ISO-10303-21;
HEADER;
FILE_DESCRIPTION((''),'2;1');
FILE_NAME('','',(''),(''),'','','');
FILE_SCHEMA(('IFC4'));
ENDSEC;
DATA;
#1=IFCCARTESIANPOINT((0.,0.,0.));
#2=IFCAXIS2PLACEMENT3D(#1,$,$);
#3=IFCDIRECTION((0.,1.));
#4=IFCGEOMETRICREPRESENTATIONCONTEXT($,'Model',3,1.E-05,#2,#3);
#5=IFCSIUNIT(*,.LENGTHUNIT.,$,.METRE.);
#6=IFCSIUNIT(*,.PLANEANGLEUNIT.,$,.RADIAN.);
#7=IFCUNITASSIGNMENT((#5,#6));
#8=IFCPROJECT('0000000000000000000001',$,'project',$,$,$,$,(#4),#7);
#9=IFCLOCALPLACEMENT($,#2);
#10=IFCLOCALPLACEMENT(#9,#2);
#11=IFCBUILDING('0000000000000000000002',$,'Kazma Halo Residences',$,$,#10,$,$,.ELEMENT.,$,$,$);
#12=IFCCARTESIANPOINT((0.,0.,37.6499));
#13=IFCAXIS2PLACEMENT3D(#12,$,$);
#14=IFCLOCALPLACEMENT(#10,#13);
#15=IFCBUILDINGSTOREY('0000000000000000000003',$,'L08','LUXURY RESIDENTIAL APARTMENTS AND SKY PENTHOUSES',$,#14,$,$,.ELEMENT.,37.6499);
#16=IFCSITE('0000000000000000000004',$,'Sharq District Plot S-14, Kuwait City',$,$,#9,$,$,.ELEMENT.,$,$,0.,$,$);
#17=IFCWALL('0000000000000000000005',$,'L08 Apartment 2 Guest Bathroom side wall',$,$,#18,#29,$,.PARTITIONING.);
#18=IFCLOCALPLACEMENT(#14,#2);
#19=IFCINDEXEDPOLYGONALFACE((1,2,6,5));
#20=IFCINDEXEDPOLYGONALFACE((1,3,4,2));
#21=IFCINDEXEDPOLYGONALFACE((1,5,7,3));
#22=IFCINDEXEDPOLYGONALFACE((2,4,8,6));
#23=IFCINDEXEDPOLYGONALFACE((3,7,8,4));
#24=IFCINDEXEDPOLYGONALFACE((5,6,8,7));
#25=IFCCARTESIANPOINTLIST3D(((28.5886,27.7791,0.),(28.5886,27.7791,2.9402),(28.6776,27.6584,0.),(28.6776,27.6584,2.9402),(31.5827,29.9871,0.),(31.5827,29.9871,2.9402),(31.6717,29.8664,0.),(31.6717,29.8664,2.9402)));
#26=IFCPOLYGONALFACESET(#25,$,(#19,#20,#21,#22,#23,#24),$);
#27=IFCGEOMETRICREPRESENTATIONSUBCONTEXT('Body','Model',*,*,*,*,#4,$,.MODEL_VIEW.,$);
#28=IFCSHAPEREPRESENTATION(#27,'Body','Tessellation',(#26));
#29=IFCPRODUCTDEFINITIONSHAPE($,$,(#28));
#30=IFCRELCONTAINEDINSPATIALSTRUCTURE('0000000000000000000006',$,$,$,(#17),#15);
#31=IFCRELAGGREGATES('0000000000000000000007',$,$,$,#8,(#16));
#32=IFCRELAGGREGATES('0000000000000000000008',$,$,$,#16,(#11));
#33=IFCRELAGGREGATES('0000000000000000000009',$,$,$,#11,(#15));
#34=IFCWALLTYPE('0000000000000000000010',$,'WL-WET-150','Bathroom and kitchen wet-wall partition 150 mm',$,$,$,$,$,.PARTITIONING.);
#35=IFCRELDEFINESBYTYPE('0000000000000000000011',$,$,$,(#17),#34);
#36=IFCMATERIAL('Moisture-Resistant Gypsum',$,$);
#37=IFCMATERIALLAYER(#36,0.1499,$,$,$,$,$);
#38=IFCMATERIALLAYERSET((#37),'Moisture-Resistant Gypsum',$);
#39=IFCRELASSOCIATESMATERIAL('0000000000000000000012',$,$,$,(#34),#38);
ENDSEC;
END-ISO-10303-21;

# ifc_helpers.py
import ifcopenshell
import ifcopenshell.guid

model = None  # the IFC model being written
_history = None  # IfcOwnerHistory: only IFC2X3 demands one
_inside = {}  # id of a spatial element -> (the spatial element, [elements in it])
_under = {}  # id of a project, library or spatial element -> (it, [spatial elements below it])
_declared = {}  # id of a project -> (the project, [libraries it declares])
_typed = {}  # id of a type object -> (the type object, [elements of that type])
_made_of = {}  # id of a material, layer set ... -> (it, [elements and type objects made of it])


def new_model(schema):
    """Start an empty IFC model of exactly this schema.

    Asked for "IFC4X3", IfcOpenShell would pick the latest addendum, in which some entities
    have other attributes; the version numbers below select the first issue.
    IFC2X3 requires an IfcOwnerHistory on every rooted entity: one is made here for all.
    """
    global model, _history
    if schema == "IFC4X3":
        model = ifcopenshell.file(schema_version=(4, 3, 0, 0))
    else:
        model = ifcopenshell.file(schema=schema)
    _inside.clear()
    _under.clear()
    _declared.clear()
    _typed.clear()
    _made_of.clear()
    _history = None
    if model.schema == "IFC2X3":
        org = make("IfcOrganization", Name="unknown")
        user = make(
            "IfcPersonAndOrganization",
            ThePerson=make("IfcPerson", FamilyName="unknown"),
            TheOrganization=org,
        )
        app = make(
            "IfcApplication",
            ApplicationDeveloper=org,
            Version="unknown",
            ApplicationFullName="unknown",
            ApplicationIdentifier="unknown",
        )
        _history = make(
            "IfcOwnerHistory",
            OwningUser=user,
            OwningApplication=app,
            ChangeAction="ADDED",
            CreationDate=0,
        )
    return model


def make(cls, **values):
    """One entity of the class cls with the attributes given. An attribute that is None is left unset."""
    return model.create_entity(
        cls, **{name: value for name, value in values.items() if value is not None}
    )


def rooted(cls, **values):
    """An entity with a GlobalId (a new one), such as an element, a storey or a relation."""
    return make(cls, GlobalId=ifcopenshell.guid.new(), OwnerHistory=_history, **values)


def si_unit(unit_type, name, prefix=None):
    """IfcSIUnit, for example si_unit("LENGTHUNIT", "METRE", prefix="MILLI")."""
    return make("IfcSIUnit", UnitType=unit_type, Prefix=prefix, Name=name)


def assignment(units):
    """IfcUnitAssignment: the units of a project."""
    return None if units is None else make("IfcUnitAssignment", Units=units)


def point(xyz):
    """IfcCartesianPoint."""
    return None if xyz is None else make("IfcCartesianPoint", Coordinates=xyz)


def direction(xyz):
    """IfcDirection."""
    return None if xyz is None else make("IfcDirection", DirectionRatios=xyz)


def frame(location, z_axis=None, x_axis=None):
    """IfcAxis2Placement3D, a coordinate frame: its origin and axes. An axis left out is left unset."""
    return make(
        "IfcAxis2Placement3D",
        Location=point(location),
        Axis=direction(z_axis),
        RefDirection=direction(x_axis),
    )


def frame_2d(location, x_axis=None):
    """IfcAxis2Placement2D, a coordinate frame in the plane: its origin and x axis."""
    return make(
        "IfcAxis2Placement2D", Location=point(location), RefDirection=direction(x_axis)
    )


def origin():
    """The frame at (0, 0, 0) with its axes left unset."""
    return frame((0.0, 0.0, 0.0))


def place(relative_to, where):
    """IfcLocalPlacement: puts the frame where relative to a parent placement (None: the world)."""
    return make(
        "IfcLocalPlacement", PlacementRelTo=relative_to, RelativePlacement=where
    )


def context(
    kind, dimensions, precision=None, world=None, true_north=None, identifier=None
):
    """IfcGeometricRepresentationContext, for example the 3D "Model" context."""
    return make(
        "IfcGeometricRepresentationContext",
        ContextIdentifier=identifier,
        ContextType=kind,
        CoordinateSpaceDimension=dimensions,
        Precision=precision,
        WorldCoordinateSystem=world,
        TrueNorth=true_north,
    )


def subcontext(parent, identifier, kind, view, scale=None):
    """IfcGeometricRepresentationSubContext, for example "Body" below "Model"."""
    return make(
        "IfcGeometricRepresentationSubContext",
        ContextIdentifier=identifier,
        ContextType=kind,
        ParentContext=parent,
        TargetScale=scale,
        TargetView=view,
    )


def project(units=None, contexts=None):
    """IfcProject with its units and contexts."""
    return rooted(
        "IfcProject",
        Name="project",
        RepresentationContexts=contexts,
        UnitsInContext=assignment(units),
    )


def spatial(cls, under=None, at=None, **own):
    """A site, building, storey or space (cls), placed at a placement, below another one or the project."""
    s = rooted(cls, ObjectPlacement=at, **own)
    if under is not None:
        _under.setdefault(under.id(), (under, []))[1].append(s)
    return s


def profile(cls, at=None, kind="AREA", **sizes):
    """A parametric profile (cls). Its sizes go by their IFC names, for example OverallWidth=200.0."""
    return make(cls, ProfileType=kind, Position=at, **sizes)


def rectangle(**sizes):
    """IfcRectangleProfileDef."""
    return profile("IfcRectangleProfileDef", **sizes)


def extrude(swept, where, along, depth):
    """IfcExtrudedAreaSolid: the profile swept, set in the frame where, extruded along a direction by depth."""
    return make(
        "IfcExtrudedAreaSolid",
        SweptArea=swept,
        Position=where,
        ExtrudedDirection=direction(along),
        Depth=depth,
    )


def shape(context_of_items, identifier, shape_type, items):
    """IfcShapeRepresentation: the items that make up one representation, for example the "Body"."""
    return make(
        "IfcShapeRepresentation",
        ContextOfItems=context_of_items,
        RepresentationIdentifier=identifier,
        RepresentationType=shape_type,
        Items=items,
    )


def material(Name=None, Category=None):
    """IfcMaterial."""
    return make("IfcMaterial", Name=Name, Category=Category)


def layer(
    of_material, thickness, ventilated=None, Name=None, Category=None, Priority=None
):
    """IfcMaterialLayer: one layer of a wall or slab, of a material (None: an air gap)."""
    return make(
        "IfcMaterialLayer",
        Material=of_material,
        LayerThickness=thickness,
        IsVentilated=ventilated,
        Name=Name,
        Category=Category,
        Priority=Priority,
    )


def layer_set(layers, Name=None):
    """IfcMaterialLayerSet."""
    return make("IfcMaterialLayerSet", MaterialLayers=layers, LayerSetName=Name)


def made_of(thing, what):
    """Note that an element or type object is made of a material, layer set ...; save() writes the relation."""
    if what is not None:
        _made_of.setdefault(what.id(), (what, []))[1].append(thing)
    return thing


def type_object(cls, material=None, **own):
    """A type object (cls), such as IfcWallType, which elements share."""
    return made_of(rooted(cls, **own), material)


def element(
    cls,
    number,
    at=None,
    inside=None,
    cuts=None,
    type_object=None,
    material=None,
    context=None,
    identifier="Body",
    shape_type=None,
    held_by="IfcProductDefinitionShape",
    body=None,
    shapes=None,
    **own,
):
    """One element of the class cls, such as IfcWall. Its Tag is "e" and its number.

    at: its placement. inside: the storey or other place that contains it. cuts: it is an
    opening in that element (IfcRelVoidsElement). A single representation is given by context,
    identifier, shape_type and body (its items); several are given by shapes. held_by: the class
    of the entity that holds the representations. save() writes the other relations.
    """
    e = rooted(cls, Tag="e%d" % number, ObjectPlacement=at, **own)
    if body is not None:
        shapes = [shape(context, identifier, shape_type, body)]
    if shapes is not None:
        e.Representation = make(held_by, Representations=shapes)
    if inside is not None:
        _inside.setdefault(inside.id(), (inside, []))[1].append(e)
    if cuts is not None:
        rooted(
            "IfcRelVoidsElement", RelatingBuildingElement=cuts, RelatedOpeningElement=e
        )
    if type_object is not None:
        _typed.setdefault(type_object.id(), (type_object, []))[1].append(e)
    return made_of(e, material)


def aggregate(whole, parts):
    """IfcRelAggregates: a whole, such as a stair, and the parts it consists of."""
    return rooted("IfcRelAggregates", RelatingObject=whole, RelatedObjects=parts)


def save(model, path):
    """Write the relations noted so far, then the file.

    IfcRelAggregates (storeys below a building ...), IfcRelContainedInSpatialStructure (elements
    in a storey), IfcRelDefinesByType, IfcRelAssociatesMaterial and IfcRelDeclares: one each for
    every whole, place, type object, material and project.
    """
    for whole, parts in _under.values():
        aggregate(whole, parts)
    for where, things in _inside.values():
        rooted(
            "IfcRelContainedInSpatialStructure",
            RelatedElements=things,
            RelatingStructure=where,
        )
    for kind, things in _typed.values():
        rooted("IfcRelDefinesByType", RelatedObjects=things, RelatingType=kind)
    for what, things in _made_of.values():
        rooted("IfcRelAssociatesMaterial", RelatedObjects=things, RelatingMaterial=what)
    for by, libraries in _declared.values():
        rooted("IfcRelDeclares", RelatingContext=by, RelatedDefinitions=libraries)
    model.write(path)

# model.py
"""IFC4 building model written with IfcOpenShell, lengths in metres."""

from ifc_helpers import new_model, si_unit, direction, frame, frame_2d, origin, place, context, subcontext, project, spatial, rectangle, extrude, material, layer, layer_set, type_object, element, save


model = new_model("IFC4")

# Units and contexts
model_context = context("Model", 3, precision=1e-05, world=origin(), true_north=direction((0.0, 1.0)))
body_context = subcontext(model_context, "Body", "Model", "MODEL_VIEW")
ifc_project = project(units=[si_unit("LENGTHUNIT", "METRE"), si_unit("PLANEANGLEUNIT", "RADIAN")], contexts=[model_context])

# Site, building, storey
site_placement = place(None, origin())
site = spatial("IfcSite", under=ifc_project, at=site_placement, Name="Sharq District Plot S-14, Kuwait City", CompositionType="ELEMENT", RefElevation=0.0)
building_placement = place(site_placement, origin())
building = spatial("IfcBuilding", under=site, at=building_placement, Name="Kazma Halo Residences", CompositionType="ELEMENT")
storey_placement = place(building_placement, frame((0.0, 0.0, 37.6499)))
storey = spatial("IfcBuildingStorey", under=building, at=storey_placement, Name="L08", Description="LUXURY RESIDENTIAL APARTMENTS AND SKY PENTHOUSES", CompositionType="ELEMENT", Elevation=37.6499)

# Shared definitions
ifc_material_1 = material(Name="Moisture-Resistant Gypsum")
ifc_layer_1 = layer(ifc_material_1, 0.1499)
ifc_layer_set_1 = layer_set([ifc_layer_1], Name="Moisture-Resistant Gypsum")
wall_type_1 = type_object("IfcWallType", Name="WL-WET-150", Description="Bathroom and kitchen wet-wall partition 150 mm", PredefinedType="PARTITIONING", material=ifc_layer_set_1)

# Wall
wall_1_placement = place(storey_placement, frame((31.6272, 29.9268, 0.0), z_axis=(0.0, 0.0, 1.0), x_axis=(-0.804825, -0.593512, 0.0)))
element("IfcWall", 1, at=wall_1_placement, inside=storey, type_object=wall_type_1, Name="L08 Apartment 2 Guest Bathroom side wall", PredefinedType="PARTITIONING", context=body_context, shape_type="SweptSolid", body=[
    extrude(rectangle(XDim=3.7202, YDim=0.1499, at=frame_2d((1.8601, 0.0))), origin(), (0.0, 0.0, 1.0), 2.9402),
])

save(model, "model.ifc")
